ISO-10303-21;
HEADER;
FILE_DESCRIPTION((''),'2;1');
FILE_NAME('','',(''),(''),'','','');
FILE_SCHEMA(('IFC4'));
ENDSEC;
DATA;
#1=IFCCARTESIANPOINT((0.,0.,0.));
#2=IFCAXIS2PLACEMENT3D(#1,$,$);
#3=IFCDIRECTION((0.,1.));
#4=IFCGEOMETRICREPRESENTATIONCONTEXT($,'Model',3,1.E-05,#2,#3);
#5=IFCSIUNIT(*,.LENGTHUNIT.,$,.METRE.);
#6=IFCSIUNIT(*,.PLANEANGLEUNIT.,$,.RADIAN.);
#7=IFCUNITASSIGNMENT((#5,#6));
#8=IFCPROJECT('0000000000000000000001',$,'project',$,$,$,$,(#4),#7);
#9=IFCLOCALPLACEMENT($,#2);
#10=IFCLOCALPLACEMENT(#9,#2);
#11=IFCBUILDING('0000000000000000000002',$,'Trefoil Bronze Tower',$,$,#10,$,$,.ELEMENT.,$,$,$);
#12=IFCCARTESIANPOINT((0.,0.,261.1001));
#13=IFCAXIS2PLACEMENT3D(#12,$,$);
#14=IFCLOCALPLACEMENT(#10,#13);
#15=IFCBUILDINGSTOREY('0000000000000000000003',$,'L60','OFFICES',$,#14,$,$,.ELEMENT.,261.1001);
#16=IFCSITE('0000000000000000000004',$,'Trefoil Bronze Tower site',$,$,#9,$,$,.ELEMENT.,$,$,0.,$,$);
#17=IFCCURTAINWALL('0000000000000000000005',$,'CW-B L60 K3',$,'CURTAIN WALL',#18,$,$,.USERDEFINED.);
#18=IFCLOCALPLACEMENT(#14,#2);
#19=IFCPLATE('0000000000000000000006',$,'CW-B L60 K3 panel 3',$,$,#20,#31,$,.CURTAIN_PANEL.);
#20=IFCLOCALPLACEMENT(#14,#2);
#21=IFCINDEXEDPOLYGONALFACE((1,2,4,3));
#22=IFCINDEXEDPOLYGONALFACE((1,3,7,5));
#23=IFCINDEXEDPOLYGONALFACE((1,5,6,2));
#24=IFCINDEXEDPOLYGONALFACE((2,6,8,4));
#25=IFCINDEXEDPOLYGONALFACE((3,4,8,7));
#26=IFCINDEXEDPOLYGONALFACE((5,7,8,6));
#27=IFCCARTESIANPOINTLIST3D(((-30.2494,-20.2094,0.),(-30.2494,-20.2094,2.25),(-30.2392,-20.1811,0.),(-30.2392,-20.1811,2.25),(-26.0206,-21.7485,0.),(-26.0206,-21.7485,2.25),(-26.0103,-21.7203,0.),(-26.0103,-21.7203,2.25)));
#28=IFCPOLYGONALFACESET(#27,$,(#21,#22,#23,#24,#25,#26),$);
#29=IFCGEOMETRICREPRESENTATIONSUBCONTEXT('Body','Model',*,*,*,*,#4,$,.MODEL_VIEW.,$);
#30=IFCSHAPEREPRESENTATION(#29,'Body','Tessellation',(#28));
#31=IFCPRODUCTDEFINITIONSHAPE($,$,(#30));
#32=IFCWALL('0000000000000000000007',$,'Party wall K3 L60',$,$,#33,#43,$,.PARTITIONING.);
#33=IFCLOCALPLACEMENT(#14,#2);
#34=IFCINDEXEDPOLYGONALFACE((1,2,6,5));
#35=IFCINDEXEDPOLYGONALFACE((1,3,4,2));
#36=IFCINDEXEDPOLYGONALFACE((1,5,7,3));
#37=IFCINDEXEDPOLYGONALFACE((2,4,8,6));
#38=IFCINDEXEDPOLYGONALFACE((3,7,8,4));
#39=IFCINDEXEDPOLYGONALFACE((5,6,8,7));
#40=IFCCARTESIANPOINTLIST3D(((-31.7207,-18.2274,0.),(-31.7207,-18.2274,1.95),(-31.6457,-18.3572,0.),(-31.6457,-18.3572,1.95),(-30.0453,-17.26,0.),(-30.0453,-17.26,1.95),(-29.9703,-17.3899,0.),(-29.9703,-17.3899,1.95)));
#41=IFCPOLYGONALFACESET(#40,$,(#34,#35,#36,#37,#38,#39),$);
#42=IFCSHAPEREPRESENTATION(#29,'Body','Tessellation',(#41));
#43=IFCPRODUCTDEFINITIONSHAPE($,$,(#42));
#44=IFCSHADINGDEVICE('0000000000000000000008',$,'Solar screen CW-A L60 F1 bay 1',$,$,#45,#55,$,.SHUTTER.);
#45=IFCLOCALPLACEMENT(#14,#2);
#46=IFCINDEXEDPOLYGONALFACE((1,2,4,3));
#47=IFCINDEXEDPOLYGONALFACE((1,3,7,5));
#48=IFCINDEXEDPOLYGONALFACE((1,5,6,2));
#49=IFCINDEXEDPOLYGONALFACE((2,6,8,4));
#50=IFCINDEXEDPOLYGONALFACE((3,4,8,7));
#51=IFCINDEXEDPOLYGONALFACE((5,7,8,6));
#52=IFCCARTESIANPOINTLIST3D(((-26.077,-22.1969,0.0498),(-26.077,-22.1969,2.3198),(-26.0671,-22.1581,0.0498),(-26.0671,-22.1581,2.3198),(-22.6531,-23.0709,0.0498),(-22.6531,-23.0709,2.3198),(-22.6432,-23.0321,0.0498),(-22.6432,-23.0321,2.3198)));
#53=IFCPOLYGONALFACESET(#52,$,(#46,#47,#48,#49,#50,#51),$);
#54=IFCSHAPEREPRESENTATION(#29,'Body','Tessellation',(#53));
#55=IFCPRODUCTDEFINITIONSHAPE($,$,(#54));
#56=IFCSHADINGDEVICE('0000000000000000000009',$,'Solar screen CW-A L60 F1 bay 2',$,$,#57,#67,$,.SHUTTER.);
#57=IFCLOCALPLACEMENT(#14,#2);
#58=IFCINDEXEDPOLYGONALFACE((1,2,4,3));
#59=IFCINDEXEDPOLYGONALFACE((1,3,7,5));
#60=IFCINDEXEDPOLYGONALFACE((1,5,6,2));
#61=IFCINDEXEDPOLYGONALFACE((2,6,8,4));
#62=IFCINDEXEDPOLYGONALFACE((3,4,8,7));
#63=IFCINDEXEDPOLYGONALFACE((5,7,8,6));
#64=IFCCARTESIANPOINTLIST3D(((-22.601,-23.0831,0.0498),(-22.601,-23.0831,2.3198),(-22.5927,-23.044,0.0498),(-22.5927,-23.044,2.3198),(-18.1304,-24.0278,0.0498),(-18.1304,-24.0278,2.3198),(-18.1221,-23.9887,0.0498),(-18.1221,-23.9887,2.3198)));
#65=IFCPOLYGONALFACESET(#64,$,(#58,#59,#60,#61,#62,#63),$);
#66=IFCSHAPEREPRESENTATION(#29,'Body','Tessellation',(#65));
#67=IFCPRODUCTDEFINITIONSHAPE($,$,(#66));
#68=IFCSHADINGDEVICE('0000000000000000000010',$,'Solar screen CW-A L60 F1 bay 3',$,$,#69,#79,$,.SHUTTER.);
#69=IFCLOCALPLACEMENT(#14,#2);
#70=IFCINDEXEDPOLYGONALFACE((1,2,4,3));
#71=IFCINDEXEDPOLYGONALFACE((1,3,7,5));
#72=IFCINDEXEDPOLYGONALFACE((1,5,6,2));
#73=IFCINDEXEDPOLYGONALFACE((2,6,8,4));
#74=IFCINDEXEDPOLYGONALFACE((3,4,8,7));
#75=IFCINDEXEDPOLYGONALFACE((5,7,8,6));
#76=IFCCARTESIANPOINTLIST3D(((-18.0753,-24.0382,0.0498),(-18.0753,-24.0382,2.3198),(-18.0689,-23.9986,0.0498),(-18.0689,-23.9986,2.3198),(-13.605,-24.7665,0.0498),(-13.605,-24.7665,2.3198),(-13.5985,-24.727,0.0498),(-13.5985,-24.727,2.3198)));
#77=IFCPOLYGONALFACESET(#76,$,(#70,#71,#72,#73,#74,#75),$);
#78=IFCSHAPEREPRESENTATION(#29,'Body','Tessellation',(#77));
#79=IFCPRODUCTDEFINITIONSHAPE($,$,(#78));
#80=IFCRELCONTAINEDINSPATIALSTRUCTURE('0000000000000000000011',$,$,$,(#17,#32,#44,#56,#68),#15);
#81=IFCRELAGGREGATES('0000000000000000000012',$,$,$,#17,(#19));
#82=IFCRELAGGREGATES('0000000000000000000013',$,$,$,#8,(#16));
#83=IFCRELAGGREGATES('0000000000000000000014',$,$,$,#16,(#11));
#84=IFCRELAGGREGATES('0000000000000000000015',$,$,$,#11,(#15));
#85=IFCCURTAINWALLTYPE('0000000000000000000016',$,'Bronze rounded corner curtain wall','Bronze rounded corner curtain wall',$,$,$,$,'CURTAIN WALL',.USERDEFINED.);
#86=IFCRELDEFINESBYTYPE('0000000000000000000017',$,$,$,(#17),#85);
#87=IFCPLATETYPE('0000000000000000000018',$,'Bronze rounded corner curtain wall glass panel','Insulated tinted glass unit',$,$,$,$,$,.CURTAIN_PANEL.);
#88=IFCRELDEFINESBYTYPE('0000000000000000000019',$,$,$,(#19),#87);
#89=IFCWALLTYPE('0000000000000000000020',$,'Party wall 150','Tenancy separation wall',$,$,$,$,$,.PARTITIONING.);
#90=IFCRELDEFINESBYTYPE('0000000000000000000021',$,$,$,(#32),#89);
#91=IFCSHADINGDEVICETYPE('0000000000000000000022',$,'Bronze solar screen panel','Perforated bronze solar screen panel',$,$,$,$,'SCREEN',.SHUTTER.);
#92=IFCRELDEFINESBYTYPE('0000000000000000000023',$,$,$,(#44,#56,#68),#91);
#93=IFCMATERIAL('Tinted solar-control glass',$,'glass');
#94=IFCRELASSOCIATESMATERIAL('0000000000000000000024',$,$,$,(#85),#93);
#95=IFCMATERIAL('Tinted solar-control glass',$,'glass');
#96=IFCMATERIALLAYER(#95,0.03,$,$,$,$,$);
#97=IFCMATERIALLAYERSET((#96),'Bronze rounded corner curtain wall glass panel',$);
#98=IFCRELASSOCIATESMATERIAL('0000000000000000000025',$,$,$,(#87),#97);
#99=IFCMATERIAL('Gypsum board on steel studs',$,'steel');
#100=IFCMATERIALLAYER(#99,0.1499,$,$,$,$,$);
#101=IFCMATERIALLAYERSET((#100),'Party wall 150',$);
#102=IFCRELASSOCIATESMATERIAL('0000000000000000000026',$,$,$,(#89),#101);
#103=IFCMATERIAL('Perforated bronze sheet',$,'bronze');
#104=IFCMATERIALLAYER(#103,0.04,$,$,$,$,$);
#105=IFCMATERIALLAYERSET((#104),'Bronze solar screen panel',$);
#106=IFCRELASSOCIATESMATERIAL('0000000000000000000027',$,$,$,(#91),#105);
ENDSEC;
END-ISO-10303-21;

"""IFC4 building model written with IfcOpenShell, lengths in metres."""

from ifc_helpers import new_model, si_unit, direction, frame, frame_2d, origin, origin_2d, place, context, subcontext, project, spatial, rectangle, extrude, material, layer, layer_set, type_object, element, aggregate, save


model = new_model("IFC4")

# Units and contexts
model_context = context("Model", 3, precision=1e-05, world=origin(), true_north=direction((0.0, 1.0)))
body_context = subcontext(model_context, "Body", "Model", "MODEL_VIEW")
ifc_project = project(units=[si_unit("LENGTHUNIT", "METRE"), si_unit("PLANEANGLEUNIT", "RADIAN")], contexts=[model_context])

# Site, building, storey
site_placement = place(None, origin())
site = spatial("IfcSite", under=ifc_project, at=site_placement, Name="Trefoil Bronze Tower site", CompositionType="ELEMENT", RefElevation=0.0)
building_placement = place(site_placement, origin())
building = spatial("IfcBuilding", under=site, at=building_placement, Name="Trefoil Bronze Tower", CompositionType="ELEMENT")
storey_placement = place(building_placement, frame((0.0, 0.0, 261.1001)))
storey = spatial("IfcBuildingStorey", under=building, at=storey_placement, Name="L60", Description="OFFICES", CompositionType="ELEMENT", Elevation=261.1001)

# Curtain wall
ifc_material_1 = material(Name="Tinted solar-control glass", Category="glass")
curtain_wall_type_1 = type_object("IfcCurtainWallType", Name="Bronze rounded corner curtain wall", Description="Bronze rounded corner curtain wall", ElementType="CURTAIN WALL", PredefinedType="USERDEFINED", material=ifc_material_1)
curtain_wall_1_placement = place(storey_placement, origin())
curtain_wall_1 = element("IfcCurtainWall", 1, at=curtain_wall_1_placement, inside=storey, type_object=curtain_wall_type_1, Name="CW-B L60 K3", ObjectType="CURTAIN WALL", PredefinedType="USERDEFINED")

# Plate
ifc_material_2 = material(Name="Tinted solar-control glass", Category="glass")
ifc_layer_1 = layer(ifc_material_2, 0.03)
ifc_layer_set_1 = layer_set([ifc_layer_1], Name="Bronze rounded corner curtain wall glass panel")
plate_type_1 = type_object("IfcPlateType", Name="Bronze rounded corner curtain wall glass panel", Description="Insulated tinted glass unit", PredefinedType="CURTAIN_PANEL", material=ifc_layer_set_1)
plate_1_placement = place(storey_placement, frame((-28.1299, -20.9648, 0.0), z_axis=(0.0, 0.0, 1.0), x_axis=(0.939693, -0.34202, 0.0)))
plate_1 = element("IfcPlate", 2, at=plate_1_placement, type_object=plate_type_1, Name="CW-B L60 K3 panel 3", PredefinedType="CURTAIN_PANEL", context=body_context, shape_type="SweptSolid", body=[
    extrude(rectangle(XDim=4.5002, YDim=0.03, at=origin_2d()), origin(), (0.0, 0.0, 1.0), 2.25),
])
aggregate(curtain_wall_1, [plate_1])

# Wall
ifc_material_3 = material(Name="Gypsum board on steel studs", Category="steel")
ifc_layer_2 = layer(ifc_material_3, 0.1499)
ifc_layer_set_2 = layer_set([ifc_layer_2], Name="Party wall 150")
wall_type = type_object("IfcWallType", Name="Party wall 150", Description="Tenancy separation wall", PredefinedType="PARTITIONING", material=ifc_layer_set_2)
wall_placement = place(storey_placement, frame((-30.0078, -17.325, 0.0), z_axis=(0.0, 0.0, 1.0), x_axis=(-0.866013, -0.500021, 0.0)))
element("IfcWall", 3, at=wall_placement, inside=storey, type_object=wall_type, Name="Party wall K3 L60", PredefinedType="PARTITIONING", context=body_context, shape_type="SweptSolid", body=[
    extrude(rectangle(XDim=1.9346, YDim=0.1499, at=frame_2d((0.9673, 0.0))), origin(), (0.0, 0.0, 1.0), 1.95),
])

# Shading devices
ifc_material_4 = material(Name="Perforated bronze sheet", Category="bronze")
ifc_layer_3 = layer(ifc_material_4, 0.04)
ifc_layer_set_3 = layer_set([ifc_layer_3], Name="Bronze solar screen panel")
shading_device_type = type_object("IfcShadingDeviceType", Name="Bronze solar screen panel", Description="Perforated bronze solar screen panel", ElementType="SCREEN", PredefinedType="SHUTTER", material=ifc_layer_set_3)
shading_device_1_placement = place(storey_placement, frame((-24.3601, -22.6145, 0.0498), z_axis=(0.0, 0.0, 1.0), x_axis=(0.968934, -0.247319, 0.0)))
element("IfcShadingDevice", 4, at=shading_device_1_placement, inside=storey, type_object=shading_device_type, Name="Solar screen CW-A L60 F1 bay 1", PredefinedType="SHUTTER", context=body_context, shape_type="SweptSolid", body=[
    extrude(rectangle(XDim=3.5337, YDim=0.04, at=origin_2d()), origin(), (0.0, 0.0, 1.0), 2.27),
])
shading_device_2_placement = place(storey_placement, frame((-20.3616, -23.5359, 0.0498), z_axis=(0.0, 0.0, 1.0), x_axis=(0.978394, -0.206747, 0.0)))
element("IfcShadingDevice", 5, at=shading_device_2_placement, inside=storey, type_object=shading_device_type, Name="Solar screen CW-A L60 F1 bay 2", PredefinedType="SHUTTER", context=body_context, shape_type="SweptSolid", body=[
    extrude(rectangle(XDim=4.5693, YDim=0.04, at=origin_2d()), origin(), (0.0, 0.0, 1.0), 2.27),
])
shading_device_3_placement = place(storey_placement, frame((-15.8369, -24.3826, 0.0498), z_axis=(0.0, 0.0, 1.0), x_axis=(0.986987, -0.160803, 0.0)))
element("IfcShadingDevice", 6, at=shading_device_3_placement, inside=storey, type_object=shading_device_type, Name="Solar screen CW-A L60 F1 bay 3", PredefinedType="SHUTTER", context=body_context, shape_type="SweptSolid", body=[
    extrude(rectangle(XDim=4.5293, YDim=0.04, at=origin_2d()), origin(), (0.0, 0.0, 1.0), 2.27),
])

save(model, "model.ifc")
